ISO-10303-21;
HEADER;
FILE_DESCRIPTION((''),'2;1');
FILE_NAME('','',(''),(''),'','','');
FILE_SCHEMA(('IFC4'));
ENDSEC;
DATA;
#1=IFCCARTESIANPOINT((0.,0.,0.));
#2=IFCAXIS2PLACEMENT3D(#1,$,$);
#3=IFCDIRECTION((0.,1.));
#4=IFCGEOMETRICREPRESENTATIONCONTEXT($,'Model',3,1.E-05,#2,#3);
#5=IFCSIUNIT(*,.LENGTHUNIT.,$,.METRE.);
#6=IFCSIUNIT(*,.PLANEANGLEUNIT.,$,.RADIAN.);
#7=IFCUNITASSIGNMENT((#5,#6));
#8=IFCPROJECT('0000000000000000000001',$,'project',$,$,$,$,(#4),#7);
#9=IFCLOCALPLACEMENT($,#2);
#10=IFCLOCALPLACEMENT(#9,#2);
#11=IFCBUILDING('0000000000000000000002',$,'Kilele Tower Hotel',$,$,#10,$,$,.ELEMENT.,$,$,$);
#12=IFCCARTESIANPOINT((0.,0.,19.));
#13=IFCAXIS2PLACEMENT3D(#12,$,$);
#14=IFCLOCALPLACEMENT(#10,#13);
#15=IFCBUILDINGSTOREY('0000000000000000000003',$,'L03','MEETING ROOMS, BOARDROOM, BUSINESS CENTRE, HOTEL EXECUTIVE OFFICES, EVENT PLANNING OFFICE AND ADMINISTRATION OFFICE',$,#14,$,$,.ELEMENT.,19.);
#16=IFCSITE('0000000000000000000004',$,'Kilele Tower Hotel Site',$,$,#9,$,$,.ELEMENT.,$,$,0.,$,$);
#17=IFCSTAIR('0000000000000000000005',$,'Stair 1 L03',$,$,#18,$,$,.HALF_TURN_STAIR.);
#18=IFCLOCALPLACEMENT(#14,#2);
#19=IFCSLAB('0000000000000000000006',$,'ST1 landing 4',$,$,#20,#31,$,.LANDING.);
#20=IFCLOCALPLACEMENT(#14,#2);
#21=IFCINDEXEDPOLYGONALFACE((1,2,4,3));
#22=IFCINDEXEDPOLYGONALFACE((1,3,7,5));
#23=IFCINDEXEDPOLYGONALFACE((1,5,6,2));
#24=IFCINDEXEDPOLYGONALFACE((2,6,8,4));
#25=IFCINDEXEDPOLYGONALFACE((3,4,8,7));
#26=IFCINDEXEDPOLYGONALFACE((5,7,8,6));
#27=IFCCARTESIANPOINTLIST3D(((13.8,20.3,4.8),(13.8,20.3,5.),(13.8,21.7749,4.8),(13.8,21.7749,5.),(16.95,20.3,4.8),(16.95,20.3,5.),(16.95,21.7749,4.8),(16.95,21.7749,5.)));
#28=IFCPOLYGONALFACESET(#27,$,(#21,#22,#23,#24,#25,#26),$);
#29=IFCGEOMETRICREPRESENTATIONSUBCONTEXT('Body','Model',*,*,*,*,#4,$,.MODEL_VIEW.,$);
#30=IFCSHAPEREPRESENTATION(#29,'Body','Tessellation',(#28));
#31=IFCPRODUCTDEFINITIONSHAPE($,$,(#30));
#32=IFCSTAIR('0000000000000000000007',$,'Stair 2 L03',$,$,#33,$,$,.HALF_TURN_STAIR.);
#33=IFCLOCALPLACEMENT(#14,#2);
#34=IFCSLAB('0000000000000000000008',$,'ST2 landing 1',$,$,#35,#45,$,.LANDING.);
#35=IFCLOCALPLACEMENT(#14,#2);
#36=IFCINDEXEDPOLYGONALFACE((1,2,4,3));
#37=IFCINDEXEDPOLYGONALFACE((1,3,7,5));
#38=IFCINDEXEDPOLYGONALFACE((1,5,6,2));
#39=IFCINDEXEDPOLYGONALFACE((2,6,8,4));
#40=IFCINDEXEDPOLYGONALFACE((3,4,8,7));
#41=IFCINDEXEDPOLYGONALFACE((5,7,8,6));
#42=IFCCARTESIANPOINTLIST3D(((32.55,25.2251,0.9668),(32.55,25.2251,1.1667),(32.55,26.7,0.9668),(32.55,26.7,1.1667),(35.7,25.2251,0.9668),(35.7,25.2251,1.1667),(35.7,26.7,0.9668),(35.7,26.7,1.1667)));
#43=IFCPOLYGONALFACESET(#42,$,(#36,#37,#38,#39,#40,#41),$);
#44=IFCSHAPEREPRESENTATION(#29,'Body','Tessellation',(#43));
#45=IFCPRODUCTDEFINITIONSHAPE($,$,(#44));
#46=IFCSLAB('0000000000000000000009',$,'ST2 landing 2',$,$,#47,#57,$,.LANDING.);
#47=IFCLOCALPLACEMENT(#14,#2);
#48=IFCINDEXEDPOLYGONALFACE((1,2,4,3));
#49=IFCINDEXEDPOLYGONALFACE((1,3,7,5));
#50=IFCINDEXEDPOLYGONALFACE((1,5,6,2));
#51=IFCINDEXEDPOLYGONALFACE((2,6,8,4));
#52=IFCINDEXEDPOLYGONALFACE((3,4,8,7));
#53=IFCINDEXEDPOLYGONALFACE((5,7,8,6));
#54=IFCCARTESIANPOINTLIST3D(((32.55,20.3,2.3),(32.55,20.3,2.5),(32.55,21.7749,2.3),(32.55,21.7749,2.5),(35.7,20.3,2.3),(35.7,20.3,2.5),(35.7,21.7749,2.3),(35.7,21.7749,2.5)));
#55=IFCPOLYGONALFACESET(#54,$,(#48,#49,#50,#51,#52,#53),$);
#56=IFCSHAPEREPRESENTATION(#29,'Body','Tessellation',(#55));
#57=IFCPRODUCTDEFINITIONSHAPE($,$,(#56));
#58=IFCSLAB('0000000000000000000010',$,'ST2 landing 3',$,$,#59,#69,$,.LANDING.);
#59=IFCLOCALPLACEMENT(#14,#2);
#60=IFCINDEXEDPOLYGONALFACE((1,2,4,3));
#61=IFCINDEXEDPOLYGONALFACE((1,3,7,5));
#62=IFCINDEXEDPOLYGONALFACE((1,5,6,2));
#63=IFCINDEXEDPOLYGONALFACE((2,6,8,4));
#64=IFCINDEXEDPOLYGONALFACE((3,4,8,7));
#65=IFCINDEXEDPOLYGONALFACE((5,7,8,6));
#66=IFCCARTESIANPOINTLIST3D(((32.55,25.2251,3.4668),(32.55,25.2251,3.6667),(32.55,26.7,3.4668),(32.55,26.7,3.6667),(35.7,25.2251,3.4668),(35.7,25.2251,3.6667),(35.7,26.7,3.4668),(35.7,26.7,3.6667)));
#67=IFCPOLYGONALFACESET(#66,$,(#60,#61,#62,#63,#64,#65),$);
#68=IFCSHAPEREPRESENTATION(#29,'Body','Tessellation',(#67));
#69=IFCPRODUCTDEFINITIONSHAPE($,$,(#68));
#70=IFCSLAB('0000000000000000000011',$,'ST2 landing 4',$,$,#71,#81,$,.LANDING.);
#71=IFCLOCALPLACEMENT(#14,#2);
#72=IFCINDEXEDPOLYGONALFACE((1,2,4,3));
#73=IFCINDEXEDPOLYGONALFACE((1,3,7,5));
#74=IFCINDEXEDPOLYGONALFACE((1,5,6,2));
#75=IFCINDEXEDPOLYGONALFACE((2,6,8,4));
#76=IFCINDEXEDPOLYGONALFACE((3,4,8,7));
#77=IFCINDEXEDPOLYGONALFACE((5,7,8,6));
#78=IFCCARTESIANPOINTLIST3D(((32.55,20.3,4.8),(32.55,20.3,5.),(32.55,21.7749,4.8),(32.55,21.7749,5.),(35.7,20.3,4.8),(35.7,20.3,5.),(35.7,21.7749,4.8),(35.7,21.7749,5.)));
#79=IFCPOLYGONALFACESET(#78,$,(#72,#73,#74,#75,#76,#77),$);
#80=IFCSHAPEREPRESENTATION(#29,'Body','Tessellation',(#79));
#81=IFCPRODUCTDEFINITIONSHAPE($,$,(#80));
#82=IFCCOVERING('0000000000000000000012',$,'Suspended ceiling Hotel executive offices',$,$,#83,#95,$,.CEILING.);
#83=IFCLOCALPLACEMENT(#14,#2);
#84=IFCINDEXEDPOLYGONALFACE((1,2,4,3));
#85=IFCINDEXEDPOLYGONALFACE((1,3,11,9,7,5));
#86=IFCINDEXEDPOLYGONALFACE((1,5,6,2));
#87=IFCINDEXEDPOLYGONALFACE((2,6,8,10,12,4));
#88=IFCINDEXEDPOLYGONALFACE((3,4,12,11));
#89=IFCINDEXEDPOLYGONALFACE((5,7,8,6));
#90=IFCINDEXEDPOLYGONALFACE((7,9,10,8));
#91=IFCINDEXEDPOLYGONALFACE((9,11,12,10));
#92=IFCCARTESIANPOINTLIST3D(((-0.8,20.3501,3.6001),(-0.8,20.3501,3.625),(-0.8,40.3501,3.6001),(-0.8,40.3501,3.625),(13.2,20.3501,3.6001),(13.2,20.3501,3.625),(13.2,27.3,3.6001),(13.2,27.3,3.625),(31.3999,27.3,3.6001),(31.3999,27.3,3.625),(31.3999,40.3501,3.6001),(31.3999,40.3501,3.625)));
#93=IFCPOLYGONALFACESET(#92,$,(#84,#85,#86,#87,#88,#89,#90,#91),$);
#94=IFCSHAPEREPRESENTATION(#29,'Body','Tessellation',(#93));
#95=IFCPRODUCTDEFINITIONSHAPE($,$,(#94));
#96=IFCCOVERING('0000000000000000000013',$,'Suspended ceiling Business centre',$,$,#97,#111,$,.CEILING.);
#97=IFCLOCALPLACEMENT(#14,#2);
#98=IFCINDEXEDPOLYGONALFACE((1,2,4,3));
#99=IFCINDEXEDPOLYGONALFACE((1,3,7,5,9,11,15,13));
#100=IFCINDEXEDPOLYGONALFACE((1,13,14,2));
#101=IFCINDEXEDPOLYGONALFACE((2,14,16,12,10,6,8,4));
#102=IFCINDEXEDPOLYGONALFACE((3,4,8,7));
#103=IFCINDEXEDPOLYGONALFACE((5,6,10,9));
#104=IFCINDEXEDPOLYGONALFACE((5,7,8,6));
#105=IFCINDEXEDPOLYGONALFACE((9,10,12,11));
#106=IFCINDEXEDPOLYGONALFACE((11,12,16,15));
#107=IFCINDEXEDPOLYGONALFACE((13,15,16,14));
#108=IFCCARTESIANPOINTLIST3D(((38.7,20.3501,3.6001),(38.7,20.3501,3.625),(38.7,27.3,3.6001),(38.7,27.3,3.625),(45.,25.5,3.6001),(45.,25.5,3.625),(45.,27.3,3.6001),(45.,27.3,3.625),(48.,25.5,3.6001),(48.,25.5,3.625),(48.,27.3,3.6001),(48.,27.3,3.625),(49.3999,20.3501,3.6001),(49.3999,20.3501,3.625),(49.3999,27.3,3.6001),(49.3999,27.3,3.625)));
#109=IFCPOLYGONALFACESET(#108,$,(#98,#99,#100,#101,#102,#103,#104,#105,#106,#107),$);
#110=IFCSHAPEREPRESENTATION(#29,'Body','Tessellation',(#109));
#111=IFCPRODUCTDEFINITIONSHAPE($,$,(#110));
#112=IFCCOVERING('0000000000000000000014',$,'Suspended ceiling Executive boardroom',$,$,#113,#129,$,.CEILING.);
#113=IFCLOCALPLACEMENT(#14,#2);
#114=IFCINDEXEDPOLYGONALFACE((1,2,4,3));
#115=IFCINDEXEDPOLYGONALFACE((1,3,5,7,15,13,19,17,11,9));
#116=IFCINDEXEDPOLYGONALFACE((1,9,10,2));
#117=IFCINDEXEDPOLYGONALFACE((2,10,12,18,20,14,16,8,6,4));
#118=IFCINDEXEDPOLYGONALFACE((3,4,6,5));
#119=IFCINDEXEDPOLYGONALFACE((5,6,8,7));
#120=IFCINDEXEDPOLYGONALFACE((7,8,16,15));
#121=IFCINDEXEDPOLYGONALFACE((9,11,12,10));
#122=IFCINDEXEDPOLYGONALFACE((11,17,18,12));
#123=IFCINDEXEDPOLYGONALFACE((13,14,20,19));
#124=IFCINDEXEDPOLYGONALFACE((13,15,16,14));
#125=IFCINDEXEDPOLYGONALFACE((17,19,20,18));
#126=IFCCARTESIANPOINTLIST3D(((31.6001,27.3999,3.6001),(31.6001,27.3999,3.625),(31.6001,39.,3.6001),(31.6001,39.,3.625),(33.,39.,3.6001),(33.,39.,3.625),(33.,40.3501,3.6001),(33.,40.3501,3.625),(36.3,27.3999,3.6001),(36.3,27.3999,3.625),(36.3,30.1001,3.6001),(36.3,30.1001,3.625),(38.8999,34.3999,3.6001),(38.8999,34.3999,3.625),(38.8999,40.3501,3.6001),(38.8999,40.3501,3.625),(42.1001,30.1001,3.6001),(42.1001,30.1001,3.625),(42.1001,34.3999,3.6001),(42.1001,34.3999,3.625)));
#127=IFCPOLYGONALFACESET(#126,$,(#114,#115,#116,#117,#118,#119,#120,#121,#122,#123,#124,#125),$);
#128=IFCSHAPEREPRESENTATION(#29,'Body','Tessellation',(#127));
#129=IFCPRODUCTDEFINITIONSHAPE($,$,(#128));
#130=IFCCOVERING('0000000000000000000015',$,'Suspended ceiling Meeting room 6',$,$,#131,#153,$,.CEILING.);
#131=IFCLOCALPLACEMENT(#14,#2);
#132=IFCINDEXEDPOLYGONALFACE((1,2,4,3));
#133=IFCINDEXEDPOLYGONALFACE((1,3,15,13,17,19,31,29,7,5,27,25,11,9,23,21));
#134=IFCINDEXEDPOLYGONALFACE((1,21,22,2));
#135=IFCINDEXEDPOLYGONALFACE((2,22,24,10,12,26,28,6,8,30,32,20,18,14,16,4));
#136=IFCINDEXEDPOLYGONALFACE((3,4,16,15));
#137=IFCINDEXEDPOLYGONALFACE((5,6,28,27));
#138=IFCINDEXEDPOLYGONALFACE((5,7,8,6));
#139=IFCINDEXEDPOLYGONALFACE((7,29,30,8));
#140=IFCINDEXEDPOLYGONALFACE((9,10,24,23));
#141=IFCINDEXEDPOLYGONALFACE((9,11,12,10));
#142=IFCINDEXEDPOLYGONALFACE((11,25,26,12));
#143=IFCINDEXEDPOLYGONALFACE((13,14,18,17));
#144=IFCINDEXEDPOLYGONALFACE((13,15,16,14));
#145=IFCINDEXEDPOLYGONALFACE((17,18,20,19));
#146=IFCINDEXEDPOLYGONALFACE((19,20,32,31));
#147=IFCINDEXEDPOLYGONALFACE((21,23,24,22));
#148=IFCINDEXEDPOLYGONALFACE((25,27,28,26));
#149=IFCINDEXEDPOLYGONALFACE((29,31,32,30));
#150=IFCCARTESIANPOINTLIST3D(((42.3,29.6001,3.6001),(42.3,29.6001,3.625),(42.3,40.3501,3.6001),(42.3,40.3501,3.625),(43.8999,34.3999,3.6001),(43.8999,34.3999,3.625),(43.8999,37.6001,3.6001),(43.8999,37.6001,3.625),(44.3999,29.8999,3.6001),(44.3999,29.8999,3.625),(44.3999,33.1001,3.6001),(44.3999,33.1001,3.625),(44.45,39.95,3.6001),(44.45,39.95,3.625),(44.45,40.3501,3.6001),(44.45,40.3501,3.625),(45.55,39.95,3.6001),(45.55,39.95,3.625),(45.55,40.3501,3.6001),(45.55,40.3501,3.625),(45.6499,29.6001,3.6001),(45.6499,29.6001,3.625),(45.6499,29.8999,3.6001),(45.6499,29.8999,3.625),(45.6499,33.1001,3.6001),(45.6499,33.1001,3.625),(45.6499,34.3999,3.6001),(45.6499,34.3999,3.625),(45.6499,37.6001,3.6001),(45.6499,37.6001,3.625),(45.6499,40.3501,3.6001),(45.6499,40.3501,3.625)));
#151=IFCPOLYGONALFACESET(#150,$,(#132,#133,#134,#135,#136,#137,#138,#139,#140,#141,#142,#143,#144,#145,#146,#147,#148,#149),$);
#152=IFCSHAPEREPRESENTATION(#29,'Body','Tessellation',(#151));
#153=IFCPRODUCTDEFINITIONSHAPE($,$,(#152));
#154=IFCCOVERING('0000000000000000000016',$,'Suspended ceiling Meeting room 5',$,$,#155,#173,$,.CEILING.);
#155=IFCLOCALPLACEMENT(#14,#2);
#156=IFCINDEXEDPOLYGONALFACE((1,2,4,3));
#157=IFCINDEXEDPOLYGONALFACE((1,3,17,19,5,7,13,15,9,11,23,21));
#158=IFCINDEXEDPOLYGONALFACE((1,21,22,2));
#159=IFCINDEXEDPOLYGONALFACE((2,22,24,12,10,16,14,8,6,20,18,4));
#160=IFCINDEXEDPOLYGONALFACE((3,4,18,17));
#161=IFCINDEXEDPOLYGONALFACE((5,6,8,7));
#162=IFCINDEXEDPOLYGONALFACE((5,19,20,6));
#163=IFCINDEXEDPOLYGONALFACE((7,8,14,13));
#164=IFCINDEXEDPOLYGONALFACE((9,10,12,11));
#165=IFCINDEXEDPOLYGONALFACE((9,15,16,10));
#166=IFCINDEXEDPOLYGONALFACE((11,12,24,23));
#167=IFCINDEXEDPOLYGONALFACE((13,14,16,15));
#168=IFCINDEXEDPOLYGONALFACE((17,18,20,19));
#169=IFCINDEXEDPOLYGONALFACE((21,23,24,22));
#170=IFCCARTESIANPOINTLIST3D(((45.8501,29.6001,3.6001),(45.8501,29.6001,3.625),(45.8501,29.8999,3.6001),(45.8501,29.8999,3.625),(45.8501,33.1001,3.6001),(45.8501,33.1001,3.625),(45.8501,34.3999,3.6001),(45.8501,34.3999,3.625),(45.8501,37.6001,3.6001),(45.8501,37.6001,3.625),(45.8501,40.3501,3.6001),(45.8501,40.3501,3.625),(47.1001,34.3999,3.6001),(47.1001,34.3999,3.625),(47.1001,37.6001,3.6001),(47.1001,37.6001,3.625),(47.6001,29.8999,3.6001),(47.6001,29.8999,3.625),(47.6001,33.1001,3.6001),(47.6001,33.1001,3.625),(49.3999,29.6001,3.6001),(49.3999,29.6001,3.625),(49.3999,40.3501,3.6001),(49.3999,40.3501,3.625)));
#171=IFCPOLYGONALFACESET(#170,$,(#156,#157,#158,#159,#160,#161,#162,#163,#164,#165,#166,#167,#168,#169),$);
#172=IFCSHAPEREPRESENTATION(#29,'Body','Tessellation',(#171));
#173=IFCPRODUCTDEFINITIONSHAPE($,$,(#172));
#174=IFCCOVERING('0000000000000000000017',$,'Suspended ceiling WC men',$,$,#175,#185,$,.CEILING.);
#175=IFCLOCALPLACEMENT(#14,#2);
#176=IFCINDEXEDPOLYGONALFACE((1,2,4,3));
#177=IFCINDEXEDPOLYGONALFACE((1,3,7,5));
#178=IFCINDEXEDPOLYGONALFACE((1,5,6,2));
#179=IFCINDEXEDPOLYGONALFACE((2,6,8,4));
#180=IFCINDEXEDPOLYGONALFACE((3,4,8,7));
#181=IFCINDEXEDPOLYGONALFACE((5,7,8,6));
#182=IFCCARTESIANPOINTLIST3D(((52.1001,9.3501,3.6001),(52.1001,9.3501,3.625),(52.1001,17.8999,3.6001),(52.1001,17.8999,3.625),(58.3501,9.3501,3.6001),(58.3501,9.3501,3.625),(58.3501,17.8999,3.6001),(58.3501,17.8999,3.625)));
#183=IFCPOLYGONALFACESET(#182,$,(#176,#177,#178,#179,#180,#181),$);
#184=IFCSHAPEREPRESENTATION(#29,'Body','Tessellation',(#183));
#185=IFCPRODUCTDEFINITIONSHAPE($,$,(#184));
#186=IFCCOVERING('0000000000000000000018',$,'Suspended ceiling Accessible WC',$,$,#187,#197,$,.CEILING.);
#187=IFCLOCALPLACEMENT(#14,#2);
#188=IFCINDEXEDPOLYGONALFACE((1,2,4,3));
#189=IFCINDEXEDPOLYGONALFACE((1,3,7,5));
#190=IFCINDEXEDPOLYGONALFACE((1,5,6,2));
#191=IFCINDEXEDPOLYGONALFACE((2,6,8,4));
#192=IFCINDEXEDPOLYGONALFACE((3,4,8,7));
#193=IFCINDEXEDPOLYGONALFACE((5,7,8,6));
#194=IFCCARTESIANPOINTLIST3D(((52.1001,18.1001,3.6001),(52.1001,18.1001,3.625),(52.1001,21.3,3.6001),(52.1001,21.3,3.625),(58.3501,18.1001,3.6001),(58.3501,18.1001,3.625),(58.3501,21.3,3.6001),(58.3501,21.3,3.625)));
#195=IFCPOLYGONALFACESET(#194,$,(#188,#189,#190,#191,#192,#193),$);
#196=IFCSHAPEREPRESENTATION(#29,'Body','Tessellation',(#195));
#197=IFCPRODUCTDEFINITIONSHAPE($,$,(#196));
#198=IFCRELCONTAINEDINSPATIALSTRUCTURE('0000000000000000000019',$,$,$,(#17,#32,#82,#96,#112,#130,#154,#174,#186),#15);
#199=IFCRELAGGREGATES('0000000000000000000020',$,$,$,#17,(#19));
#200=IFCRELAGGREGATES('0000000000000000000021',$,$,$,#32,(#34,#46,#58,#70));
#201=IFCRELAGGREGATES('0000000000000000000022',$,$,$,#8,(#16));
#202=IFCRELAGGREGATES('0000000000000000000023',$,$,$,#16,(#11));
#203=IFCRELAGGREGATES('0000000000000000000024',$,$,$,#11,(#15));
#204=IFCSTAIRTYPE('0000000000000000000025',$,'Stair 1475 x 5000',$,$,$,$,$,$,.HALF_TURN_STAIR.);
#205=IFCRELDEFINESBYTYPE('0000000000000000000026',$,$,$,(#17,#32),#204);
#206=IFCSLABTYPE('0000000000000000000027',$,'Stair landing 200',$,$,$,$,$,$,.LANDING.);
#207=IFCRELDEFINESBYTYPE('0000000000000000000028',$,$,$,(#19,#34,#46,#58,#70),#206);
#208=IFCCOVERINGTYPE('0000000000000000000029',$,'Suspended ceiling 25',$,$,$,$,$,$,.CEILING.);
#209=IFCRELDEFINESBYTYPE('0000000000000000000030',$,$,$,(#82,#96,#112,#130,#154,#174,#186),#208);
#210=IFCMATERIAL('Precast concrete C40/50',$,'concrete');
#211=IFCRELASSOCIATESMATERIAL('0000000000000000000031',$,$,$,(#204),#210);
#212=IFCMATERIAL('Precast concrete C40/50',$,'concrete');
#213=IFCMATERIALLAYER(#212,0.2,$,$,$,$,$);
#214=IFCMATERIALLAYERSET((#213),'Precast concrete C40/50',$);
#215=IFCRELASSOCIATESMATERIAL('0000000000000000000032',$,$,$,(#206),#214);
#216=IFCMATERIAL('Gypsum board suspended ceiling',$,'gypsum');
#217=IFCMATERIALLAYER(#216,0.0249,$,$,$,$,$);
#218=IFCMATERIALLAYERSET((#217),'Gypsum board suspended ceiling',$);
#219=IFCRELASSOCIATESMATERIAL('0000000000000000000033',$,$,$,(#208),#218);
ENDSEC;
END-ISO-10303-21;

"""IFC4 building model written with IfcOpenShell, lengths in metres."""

from ifc_helpers import new_model, si_unit, direction, frame, origin, place, context, subcontext, project, spatial, polyline, outline, extrude, material, layer, layer_set, type_object, element, aggregate, save


model = new_model("IFC4")

# Units and contexts
model_context = context("Model", 3, precision=1e-05, world=origin(), true_north=direction((0.0, 1.0)))
body_context = subcontext(model_context, "Body", "Model", "MODEL_VIEW")
ifc_project = project(units=[si_unit("LENGTHUNIT", "METRE"), si_unit("PLANEANGLEUNIT", "RADIAN")], contexts=[model_context])

# Site, building, storey
site_placement = place(None, origin())
site = spatial("IfcSite", under=ifc_project, at=site_placement, Name="Kilele Tower Hotel Site", CompositionType="ELEMENT", RefElevation=0.0)
building_placement = place(site_placement, origin())
building = spatial("IfcBuilding", under=site, at=building_placement, Name="Kilele Tower Hotel", CompositionType="ELEMENT")
storey_placement = place(building_placement, frame((0.0, 0.0, 19.0)))
storey = spatial("IfcBuildingStorey", under=building, at=storey_placement, Name="L03", Description="MEETING ROOMS, BOARDROOM, BUSINESS CENTRE, HOTEL EXECUTIVE OFFICES, EVENT PLANNING OFFICE AND ADMINISTRATION OFFICE", CompositionType="ELEMENT", Elevation=19.0)

# Stairs, slabs
ifc_material_1 = material(Name="Precast concrete C40/50", Category="concrete")
stair_type = type_object("IfcStairType", Name="Stair 1475 x 5000", PredefinedType="HALF_TURN_STAIR", material=ifc_material_1)
stair_1_placement = place(storey_placement, origin())
stair_1 = element("IfcStair", 1, at=stair_1_placement, inside=storey, type_object=stair_type, Name="Stair 1 L03", PredefinedType="HALF_TURN_STAIR")
ifc_material_2 = material(Name="Precast concrete C40/50", Category="concrete")
ifc_layer_1 = layer(ifc_material_2, 0.2)
ifc_layer_set_1 = layer_set([ifc_layer_1], Name="Precast concrete C40/50")
slab_type = type_object("IfcSlabType", Name="Stair landing 200", PredefinedType="LANDING", material=ifc_layer_set_1)
slab_1_placement = place(storey_placement, frame((0.0, 0.0, 4.8)))
slab_1 = element("IfcSlab", 2, at=slab_1_placement, type_object=slab_type, Name="ST1 landing 4", PredefinedType="LANDING", context=body_context, shape_type="SweptSolid", body=[
    extrude(outline(polyline([(13.8, 20.3), (16.95, 20.3), (16.95, 21.7749), (13.8, 21.7749), (13.8, 20.3)])), origin(), (0.0, 0.0, 1.0), 0.2),
])
aggregate(stair_1, [slab_1])
stair_2_placement = place(storey_placement, origin())
stair_2 = element("IfcStair", 3, at=stair_2_placement, inside=storey, type_object=stair_type, Name="Stair 2 L03", PredefinedType="HALF_TURN_STAIR")
slab_2_placement = place(storey_placement, frame((0.0, 0.0, 0.9668)))
slab_2 = element("IfcSlab", 4, at=slab_2_placement, type_object=slab_type, Name="ST2 landing 1", PredefinedType="LANDING", context=body_context, shape_type="SweptSolid", body=[
    extrude(outline(polyline([(32.55, 25.2251), (35.7, 25.2251), (35.7, 26.7), (32.55, 26.7), (32.55, 25.2251)])), origin(), (0.0, 0.0, 1.0), 0.2),
])
slab_3_placement = place(storey_placement, frame((0.0, 0.0, 2.3)))
slab_3 = element("IfcSlab", 5, at=slab_3_placement, type_object=slab_type, Name="ST2 landing 2", PredefinedType="LANDING", context=body_context, shape_type="SweptSolid", body=[
    extrude(outline(polyline([(32.55, 20.3), (35.7, 20.3), (35.7, 21.7749), (32.55, 21.7749), (32.55, 20.3)])), origin(), (0.0, 0.0, 1.0), 0.2),
])
slab_4_placement = place(storey_placement, frame((0.0, 0.0, 3.4668)))
slab_4 = element("IfcSlab", 6, at=slab_4_placement, type_object=slab_type, Name="ST2 landing 3", PredefinedType="LANDING", context=body_context, shape_type="SweptSolid", body=[
    extrude(outline(polyline([(32.55, 25.2251), (35.7, 25.2251), (35.7, 26.7), (32.55, 26.7), (32.55, 25.2251)])), origin(), (0.0, 0.0, 1.0), 0.2),
])
slab_5_placement = place(storey_placement, frame((0.0, 0.0, 4.8)))
slab_5 = element("IfcSlab", 7, at=slab_5_placement, type_object=slab_type, Name="ST2 landing 4", PredefinedType="LANDING", context=body_context, shape_type="SweptSolid", body=[
    extrude(outline(polyline([(32.55, 20.3), (35.7, 20.3), (35.7, 21.7749), (32.55, 21.7749), (32.55, 20.3)])), origin(), (0.0, 0.0, 1.0), 0.2),
])
aggregate(stair_2, [slab_2, slab_3, slab_4, slab_5])

# Coverings
ifc_material_3 = material(Name="Gypsum board suspended ceiling", Category="gypsum")
ifc_layer_2 = layer(ifc_material_3, 0.0249)
ifc_layer_set_2 = layer_set([ifc_layer_2], Name="Gypsum board suspended ceiling")
covering_type = type_object("IfcCoveringType", Name="Suspended ceiling 25", PredefinedType="CEILING", material=ifc_layer_set_2)
covering_1_placement = place(storey_placement, frame((0.0, 0.0, 3.6001)))
element("IfcCovering", 8, at=covering_1_placement, inside=storey, type_object=covering_type, Name="Suspended ceiling Hotel executive offices", PredefinedType="CEILING", context=body_context, shape_type="SweptSolid", body=[
    extrude(outline(polyline([(-0.8, 40.3501), (31.3999, 40.3501), (31.3999, 27.3), (13.2, 27.3), (13.2, 20.3501), (-0.8, 20.3501), (-0.8, 40.3501)])), origin(), (0.0, 0.0, 1.0), 0.0249),
])
covering_2_placement = place(storey_placement, frame((0.0, 0.0, 3.6001)))
element("IfcCovering", 9, at=covering_2_placement, inside=storey, type_object=covering_type, Name="Suspended ceiling Business centre", PredefinedType="CEILING", context=body_context, shape_type="SweptSolid", body=[
    extrude(outline(polyline([(49.3999, 27.3), (49.3999, 20.3501), (38.7, 20.3501), (38.7, 27.3), (45.0, 27.3), (45.0, 25.5), (48.0, 25.5), (48.0, 27.3), (49.3999, 27.3)])), origin(), (0.0, 0.0, 1.0), 0.0249),
])
covering_3_placement = place(storey_placement, frame((0.0, 0.0, 3.6001)))
element("IfcCovering", 10, at=covering_3_placement, inside=storey, type_object=covering_type, Name="Suspended ceiling Executive boardroom", PredefinedType="CEILING", context=body_context, shape_type="SweptSolid", body=[
    extrude(outline(polyline([(31.6001, 27.3999), (31.6001, 39.0), (33.0, 39.0), (33.0, 40.3501), (38.8999, 40.3501), (38.8999, 34.3999), (42.1001, 34.3999), (42.1001, 30.1001), (36.3, 30.1001), (36.3, 27.3999), (31.6001, 27.3999)])), origin(), (0.0, 0.0, 1.0), 0.0249),
])
covering_4_placement = place(storey_placement, frame((0.0, 0.0, 3.6001)))
element("IfcCovering", 11, at=covering_4_placement, inside=storey, type_object=covering_type, Name="Suspended ceiling Meeting room 6", PredefinedType="CEILING", context=body_context, shape_type="SweptSolid", body=[
    extrude(outline(polyline([(45.6499, 29.6001), (42.3, 29.6001), (42.3, 40.3501), (44.45, 40.3501), (44.45, 39.95), (45.55, 39.95), (45.55, 40.3501), (45.6499, 40.3501), (45.6499, 37.6001), (43.8999, 37.6001), (43.8999, 34.3999), (45.6499, 34.3999), (45.6499, 33.1001), (44.3999, 33.1001), (44.3999, 29.8999), (45.6499, 29.8999), (45.6499, 29.6001)])), origin(), (0.0, 0.0, 1.0), 0.0249),
])
covering_5_placement = place(storey_placement, frame((0.0, 0.0, 3.6001)))
element("IfcCovering", 12, at=covering_5_placement, inside=storey, type_object=covering_type, Name="Suspended ceiling Meeting room 5", PredefinedType="CEILING", context=body_context, shape_type="SweptSolid", body=[
    extrude(outline(polyline([(45.8501, 40.3501), (49.3999, 40.3501), (49.3999, 29.6001), (45.8501, 29.6001), (45.8501, 29.8999), (47.6001, 29.8999), (47.6001, 33.1001), (45.8501, 33.1001), (45.8501, 34.3999), (47.1001, 34.3999), (47.1001, 37.6001), (45.8501, 37.6001), (45.8501, 40.3501)])), origin(), (0.0, 0.0, 1.0), 0.0249),
])
covering_6_placement = place(storey_placement, frame((0.0, 0.0, 3.6001)))
element("IfcCovering", 13, at=covering_6_placement, inside=storey, type_object=covering_type, Name="Suspended ceiling WC men", PredefinedType="CEILING", context=body_context, shape_type="SweptSolid", body=[
    extrude(outline(polyline([(58.3501, 9.3501), (52.1001, 9.3501), (52.1001, 17.8999), (58.3501, 17.8999), (58.3501, 9.3501)])), origin(), (0.0, 0.0, 1.0), 0.0249),
])
covering_7_placement = place(storey_placement, frame((0.0, 0.0, 3.6001)))
element("IfcCovering", 14, at=covering_7_placement, inside=storey, type_object=covering_type, Name="Suspended ceiling Accessible WC", PredefinedType="CEILING", context=body_context, shape_type="SweptSolid", body=[
    extrude(outline(polyline([(58.3501, 18.1001), (52.1001, 18.1001), (52.1001, 21.3), (58.3501, 21.3), (58.3501, 18.1001)])), origin(), (0.0, 0.0, 1.0), 0.0249),
])

save(model, "model.ifc")
